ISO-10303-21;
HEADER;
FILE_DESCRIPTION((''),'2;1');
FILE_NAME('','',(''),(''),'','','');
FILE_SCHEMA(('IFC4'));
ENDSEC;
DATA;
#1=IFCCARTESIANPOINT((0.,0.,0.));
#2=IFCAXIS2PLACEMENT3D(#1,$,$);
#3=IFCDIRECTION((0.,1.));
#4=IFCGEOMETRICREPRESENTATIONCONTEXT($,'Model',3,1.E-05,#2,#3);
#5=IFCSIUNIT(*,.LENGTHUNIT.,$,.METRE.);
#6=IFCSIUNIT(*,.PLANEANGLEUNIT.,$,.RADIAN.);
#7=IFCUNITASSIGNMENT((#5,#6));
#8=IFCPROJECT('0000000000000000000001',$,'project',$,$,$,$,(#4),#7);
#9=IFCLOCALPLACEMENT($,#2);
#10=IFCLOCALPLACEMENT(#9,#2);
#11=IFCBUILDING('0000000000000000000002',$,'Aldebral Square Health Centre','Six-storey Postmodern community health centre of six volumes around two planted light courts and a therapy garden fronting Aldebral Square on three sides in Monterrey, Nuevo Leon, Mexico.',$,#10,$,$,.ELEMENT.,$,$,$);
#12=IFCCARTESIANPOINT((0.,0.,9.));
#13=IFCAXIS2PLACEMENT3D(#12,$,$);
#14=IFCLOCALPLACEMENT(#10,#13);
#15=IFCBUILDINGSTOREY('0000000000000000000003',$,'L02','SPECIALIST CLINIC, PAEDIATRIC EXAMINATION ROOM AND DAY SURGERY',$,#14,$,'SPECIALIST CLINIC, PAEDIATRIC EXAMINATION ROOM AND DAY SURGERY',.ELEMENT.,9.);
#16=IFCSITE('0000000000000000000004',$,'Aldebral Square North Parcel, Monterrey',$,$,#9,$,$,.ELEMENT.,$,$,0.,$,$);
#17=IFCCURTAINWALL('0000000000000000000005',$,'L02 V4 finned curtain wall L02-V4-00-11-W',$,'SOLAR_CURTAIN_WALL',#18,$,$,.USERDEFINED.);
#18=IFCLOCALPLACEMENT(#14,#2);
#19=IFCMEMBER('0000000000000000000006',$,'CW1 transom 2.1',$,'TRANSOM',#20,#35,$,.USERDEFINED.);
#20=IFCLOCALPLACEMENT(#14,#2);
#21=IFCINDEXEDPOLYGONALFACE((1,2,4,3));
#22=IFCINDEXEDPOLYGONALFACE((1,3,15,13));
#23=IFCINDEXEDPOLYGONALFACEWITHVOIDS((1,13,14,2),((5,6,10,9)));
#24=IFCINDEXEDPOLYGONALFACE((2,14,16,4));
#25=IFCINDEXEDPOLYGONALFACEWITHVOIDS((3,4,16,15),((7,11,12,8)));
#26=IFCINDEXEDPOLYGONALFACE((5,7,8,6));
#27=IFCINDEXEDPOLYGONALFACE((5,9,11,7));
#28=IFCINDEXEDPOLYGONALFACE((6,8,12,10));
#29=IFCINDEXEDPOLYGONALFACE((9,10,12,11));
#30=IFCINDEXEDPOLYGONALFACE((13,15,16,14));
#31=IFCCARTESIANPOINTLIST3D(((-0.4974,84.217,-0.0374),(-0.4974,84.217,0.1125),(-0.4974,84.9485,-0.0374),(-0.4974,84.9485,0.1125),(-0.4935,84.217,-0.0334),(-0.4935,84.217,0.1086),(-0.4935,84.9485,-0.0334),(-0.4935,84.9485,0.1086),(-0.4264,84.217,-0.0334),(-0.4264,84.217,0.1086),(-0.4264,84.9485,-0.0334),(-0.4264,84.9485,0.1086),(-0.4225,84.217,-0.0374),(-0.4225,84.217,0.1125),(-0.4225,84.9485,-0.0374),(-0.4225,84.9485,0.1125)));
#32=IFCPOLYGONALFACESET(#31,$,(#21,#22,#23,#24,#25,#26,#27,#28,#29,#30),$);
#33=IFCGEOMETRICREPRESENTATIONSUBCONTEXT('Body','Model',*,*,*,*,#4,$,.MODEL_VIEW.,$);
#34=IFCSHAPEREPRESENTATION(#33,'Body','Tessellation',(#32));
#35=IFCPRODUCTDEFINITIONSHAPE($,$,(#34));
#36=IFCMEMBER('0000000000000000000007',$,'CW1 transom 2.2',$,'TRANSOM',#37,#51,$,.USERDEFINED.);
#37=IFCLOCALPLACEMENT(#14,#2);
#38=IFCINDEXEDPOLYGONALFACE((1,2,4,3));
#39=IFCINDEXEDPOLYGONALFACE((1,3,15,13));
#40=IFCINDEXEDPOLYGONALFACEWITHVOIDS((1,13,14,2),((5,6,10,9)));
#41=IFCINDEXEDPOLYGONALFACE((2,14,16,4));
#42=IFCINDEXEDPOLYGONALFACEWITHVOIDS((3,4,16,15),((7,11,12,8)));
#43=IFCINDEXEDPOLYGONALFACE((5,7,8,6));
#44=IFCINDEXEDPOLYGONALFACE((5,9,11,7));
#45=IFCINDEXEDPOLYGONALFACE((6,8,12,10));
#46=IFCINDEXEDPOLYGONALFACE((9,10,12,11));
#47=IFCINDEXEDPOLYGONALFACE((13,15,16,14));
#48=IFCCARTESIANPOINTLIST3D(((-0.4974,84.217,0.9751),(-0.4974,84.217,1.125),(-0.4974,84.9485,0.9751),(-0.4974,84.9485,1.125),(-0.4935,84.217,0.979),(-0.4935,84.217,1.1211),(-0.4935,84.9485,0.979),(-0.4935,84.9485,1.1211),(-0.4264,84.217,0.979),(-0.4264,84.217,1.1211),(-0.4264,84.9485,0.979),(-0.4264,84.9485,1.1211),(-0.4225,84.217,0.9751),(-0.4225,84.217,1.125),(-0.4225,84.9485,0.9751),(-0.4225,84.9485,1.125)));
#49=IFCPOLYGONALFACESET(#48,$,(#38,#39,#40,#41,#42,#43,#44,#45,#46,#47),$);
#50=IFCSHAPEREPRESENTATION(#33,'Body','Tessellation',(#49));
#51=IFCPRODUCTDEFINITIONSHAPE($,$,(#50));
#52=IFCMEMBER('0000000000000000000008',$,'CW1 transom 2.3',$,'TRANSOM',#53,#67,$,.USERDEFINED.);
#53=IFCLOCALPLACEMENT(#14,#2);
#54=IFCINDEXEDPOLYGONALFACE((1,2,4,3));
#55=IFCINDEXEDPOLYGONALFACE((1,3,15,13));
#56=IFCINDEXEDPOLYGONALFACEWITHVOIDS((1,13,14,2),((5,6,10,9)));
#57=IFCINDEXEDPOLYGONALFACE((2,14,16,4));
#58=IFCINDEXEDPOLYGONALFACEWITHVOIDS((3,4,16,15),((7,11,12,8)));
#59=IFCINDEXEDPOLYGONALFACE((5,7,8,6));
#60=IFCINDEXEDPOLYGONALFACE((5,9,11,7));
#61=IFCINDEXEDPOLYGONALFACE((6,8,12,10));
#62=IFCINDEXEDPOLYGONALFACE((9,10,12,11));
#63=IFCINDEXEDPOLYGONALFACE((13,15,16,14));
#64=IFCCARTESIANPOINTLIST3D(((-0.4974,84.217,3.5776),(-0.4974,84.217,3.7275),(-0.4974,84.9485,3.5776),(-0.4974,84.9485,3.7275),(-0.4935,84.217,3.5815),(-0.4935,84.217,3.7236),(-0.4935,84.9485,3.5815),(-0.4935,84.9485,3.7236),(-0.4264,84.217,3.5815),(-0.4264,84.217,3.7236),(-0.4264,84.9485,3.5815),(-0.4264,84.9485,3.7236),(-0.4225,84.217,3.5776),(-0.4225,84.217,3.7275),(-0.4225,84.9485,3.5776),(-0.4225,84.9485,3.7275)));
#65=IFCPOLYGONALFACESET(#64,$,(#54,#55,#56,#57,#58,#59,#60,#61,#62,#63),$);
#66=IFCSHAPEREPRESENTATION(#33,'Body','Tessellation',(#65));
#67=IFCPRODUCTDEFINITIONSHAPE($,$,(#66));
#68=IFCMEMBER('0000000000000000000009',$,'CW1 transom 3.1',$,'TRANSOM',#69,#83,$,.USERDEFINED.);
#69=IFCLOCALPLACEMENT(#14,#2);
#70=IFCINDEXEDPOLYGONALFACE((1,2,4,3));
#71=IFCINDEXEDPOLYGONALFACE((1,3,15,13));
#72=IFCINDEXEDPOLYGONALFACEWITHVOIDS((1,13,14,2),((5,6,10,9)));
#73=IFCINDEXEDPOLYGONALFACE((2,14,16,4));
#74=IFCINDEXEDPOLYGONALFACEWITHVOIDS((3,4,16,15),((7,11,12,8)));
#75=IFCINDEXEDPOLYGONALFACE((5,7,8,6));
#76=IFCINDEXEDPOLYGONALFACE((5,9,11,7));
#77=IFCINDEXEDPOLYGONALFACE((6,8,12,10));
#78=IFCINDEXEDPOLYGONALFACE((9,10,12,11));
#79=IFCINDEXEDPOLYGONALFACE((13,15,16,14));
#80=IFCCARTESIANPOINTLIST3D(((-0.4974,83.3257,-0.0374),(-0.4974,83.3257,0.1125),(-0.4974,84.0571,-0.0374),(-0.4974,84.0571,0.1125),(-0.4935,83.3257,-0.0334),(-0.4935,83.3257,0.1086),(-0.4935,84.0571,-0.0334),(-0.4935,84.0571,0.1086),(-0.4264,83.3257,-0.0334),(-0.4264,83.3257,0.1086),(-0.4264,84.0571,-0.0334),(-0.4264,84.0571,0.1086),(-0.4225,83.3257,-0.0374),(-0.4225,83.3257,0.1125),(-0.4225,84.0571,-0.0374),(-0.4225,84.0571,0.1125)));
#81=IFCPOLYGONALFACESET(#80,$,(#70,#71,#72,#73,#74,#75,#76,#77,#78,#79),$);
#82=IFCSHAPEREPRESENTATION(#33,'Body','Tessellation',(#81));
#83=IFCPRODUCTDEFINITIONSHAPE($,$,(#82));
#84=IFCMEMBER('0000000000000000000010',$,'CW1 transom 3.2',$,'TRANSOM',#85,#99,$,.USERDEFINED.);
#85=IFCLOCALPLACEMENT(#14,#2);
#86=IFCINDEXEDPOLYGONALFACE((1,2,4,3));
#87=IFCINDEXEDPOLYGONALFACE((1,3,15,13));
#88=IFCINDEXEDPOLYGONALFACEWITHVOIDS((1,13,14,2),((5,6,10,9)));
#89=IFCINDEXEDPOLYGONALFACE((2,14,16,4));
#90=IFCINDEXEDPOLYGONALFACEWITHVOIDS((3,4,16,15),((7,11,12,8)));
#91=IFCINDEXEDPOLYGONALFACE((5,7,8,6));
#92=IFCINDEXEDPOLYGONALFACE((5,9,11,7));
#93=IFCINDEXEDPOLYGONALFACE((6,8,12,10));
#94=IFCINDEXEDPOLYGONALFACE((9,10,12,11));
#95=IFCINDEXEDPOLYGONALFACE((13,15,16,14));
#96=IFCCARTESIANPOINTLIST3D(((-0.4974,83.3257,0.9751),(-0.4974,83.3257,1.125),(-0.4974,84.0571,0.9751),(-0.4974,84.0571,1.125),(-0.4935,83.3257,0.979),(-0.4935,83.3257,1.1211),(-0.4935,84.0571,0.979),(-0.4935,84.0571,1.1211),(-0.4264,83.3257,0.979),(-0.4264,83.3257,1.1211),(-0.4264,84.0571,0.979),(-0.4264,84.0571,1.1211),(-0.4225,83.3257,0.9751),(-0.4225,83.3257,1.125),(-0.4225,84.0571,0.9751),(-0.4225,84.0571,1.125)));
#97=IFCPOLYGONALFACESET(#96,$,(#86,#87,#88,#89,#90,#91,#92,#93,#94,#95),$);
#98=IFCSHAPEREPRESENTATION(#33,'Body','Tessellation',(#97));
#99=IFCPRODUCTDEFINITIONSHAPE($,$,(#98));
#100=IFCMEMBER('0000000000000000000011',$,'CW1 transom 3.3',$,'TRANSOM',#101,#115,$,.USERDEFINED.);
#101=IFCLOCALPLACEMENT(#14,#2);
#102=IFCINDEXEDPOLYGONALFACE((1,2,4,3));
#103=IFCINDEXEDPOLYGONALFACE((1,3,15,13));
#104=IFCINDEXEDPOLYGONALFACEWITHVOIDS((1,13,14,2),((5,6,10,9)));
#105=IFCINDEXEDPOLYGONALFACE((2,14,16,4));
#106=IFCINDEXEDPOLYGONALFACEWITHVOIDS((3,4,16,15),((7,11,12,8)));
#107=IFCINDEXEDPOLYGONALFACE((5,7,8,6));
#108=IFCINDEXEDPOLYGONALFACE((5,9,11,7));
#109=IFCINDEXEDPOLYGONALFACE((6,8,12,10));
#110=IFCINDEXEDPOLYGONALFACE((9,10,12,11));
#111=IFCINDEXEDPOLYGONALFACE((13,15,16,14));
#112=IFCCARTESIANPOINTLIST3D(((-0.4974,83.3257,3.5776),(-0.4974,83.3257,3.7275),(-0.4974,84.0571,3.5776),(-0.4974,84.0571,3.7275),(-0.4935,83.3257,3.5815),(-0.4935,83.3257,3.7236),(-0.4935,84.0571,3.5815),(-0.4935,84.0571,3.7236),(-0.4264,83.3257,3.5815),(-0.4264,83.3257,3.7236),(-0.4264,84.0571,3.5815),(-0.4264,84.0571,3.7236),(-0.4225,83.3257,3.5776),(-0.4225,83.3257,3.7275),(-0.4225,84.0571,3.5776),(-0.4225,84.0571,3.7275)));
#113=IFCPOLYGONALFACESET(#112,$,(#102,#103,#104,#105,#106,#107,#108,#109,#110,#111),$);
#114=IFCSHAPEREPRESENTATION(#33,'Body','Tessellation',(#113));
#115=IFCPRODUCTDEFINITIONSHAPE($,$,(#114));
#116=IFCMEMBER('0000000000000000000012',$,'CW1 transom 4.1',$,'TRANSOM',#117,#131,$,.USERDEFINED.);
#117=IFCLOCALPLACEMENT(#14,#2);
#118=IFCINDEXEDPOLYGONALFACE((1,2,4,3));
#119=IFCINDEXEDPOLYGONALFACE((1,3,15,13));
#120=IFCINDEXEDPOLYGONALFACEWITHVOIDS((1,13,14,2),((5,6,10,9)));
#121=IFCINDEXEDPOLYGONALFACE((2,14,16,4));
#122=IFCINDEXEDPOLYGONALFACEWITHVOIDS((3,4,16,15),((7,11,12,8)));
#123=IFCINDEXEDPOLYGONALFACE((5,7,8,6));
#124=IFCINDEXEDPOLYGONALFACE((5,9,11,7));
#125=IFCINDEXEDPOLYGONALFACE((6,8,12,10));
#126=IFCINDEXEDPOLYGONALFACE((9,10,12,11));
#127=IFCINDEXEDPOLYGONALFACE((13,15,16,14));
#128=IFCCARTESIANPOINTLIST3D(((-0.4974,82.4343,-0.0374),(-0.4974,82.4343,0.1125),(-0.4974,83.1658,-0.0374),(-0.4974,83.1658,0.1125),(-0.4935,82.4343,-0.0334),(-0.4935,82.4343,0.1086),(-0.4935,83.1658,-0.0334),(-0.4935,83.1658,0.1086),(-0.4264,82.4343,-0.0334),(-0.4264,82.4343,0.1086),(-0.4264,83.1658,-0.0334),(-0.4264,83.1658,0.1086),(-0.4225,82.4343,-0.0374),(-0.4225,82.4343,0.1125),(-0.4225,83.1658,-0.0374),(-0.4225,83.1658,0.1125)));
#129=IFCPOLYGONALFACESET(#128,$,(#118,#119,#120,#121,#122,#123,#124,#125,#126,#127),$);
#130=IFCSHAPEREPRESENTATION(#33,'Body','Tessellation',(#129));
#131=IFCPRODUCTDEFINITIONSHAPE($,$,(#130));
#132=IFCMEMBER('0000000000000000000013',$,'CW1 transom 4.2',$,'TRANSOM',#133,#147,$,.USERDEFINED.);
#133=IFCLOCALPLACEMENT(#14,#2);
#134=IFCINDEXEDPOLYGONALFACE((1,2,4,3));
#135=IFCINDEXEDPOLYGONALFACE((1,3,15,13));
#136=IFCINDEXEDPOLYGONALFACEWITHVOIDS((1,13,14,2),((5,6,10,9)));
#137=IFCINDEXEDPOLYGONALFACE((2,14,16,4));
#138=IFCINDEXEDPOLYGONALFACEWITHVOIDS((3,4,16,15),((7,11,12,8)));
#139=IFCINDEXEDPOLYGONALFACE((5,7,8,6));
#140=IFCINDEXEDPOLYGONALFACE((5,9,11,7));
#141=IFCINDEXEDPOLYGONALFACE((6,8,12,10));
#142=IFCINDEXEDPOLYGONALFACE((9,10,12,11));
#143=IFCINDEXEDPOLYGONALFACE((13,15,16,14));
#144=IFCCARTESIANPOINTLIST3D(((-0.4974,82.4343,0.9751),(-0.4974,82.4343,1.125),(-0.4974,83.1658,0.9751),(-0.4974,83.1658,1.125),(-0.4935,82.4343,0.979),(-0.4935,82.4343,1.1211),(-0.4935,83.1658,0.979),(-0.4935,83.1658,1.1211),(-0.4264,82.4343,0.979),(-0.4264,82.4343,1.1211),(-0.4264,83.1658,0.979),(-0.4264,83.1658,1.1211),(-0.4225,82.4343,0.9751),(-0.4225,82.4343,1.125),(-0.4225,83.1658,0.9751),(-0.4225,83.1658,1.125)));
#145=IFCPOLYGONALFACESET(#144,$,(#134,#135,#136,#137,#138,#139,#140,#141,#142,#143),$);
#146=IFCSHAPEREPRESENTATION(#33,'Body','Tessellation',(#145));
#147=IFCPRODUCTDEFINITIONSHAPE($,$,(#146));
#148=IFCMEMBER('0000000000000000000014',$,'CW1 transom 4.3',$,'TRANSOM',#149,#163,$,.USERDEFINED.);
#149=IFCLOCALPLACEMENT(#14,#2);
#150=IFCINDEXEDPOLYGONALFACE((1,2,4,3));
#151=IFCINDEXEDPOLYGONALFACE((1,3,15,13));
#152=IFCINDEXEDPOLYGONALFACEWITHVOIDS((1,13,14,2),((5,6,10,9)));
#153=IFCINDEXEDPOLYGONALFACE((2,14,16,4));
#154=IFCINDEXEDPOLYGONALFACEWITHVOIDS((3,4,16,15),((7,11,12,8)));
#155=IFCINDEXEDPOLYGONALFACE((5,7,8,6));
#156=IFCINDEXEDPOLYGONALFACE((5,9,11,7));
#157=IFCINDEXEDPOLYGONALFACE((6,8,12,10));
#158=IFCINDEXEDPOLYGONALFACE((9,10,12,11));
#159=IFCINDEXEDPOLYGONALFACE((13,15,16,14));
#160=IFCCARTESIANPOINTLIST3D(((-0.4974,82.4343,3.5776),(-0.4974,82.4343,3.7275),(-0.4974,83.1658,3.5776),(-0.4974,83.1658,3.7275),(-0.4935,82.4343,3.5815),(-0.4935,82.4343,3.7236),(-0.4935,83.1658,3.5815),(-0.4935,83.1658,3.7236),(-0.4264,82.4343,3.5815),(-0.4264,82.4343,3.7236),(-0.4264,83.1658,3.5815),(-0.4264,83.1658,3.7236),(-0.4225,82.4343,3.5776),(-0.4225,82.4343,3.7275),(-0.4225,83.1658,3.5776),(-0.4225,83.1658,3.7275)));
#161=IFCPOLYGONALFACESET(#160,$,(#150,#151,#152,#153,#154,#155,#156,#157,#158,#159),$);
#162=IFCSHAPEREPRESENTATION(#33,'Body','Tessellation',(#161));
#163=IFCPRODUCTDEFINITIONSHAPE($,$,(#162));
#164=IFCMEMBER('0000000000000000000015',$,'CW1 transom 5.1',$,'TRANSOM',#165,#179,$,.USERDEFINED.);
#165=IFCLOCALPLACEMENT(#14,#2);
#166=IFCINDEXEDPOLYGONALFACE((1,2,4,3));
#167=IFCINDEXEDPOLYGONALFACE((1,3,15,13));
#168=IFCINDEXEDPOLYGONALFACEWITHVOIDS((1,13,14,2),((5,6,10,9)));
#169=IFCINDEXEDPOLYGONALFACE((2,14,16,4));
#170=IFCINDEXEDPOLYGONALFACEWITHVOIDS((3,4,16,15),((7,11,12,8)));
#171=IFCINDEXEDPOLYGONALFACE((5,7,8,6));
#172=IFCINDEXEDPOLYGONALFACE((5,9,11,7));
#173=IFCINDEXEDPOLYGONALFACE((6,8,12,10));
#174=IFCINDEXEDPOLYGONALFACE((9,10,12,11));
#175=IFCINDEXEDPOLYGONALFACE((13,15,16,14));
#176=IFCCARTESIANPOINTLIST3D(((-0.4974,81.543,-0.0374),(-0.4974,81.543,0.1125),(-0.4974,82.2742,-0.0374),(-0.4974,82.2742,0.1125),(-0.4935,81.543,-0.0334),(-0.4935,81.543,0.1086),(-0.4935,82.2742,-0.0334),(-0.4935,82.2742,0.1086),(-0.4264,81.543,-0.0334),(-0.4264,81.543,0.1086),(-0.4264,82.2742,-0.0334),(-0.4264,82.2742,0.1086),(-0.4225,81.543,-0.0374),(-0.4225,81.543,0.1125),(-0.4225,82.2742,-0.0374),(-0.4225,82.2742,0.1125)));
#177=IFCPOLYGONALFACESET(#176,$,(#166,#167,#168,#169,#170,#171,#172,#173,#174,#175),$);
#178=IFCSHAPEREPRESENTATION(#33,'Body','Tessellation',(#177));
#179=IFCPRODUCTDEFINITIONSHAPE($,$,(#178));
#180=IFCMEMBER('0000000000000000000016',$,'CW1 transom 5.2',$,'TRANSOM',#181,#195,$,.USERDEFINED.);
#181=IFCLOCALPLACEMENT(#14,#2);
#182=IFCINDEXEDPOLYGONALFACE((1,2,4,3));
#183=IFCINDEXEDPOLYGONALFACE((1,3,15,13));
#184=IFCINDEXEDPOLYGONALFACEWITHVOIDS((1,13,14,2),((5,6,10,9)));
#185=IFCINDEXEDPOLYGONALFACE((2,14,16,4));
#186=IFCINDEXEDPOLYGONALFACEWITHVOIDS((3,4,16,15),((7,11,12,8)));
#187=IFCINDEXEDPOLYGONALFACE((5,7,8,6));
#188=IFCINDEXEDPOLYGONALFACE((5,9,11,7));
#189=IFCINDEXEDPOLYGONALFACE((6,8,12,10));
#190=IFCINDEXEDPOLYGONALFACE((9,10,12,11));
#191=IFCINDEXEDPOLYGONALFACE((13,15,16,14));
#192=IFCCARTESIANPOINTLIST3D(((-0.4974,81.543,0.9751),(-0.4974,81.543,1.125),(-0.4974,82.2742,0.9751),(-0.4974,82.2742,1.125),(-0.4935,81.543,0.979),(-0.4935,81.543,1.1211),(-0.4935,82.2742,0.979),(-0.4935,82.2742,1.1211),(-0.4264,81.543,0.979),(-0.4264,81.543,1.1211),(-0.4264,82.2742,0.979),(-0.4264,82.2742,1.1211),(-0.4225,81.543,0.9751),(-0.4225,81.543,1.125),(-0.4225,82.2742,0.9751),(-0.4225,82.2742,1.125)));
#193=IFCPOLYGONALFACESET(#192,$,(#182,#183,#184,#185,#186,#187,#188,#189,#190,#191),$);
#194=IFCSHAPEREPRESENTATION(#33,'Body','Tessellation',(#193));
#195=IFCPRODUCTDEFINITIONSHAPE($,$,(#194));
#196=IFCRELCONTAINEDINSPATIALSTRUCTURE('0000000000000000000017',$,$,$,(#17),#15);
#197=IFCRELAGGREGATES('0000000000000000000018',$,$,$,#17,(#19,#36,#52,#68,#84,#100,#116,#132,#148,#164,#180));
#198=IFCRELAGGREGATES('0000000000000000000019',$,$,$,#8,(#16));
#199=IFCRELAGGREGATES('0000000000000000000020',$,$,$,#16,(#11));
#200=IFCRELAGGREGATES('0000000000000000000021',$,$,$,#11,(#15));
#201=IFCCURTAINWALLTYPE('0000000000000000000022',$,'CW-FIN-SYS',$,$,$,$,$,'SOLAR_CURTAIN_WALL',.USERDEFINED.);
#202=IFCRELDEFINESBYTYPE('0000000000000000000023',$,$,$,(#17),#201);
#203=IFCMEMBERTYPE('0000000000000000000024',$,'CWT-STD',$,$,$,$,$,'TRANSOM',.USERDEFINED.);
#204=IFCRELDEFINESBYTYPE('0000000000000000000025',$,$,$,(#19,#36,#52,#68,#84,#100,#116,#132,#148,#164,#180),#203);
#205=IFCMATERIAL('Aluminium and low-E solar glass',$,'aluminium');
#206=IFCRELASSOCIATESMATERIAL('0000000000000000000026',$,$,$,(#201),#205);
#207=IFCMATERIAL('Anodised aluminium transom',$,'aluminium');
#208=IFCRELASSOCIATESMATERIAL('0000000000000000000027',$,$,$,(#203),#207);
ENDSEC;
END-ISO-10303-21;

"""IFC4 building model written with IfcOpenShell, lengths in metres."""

from ifc_helpers import new_model, si_unit, direction, frame, origin, origin_2d, place, context, subcontext, project, spatial, hollow_rectangle, extrude, material, material_profile, profile_set, type_object, element, aggregate, save


model = new_model("IFC4")

# Units and contexts
model_context = context("Model", 3, precision=1e-05, world=origin(), true_north=direction((0.0, 1.0)))
body_context = subcontext(model_context, "Body", "Model", "MODEL_VIEW")
ifc_project = project(units=[si_unit("LENGTHUNIT", "METRE"), si_unit("PLANEANGLEUNIT", "RADIAN")], contexts=[model_context])

# Site, building, storey
site_placement = place(None, origin())
site = spatial("IfcSite", under=ifc_project, at=site_placement, Name="Aldebral Square North Parcel, Monterrey", CompositionType="ELEMENT", RefElevation=0.0)
building_placement = place(site_placement, origin())
building = spatial("IfcBuilding", under=site, at=building_placement, Name="Aldebral Square Health Centre", Description="Six-storey Postmodern community health centre of six volumes around two planted light courts and a therapy garden fronting Aldebral Square on three sides in Monterrey, Nuevo Leon, Mexico.", CompositionType="ELEMENT")
storey_placement = place(building_placement, frame((0.0, 0.0, 9.0)))
storey = spatial("IfcBuildingStorey", under=building, at=storey_placement, Name="L02", Description="SPECIALIST CLINIC, PAEDIATRIC EXAMINATION ROOM AND DAY SURGERY", LongName="SPECIALIST CLINIC, PAEDIATRIC EXAMINATION ROOM AND DAY SURGERY", CompositionType="ELEMENT", Elevation=9.0)

# Curtain wall, members
ifc_material_1 = material(Name="Aluminium and low-E solar glass", Category="aluminium")
curtain_wall_type = type_object("IfcCurtainWallType", Name="CW-FIN-SYS", ElementType="SOLAR_CURTAIN_WALL", PredefinedType="USERDEFINED", material=ifc_material_1)
curtain_wall_placement = place(storey_placement, origin())
curtain_wall = element("IfcCurtainWall", 1, at=curtain_wall_placement, inside=storey, type_object=curtain_wall_type, Name="L02 V4 finned curtain wall L02-V4-00-11-W", ObjectType="SOLAR_CURTAIN_WALL", PredefinedType="USERDEFINED")
ifc_material_2 = material(Name="Anodised aluminium transom", Category="aluminium")
ifc_material_profile_1 = material_profile(ifc_material_2, hollow_rectangle(XDim=0.075, YDim=0.1499, WallThickness=0.0039, at=origin_2d()), Name="CWT 75x150x4")
ifc_profile_set_1 = profile_set([ifc_material_profile_1], Name="Anodised aluminium transom")
member_type_1 = type_object("IfcMemberType", Name="CWT-STD", ElementType="TRANSOM", PredefinedType="USERDEFINED", material=ifc_profile_set_1)
member_1_placement = place(storey_placement, frame((-0.46, 84.9485, 0.0376), z_axis=(0.0, -1.0, 0.0), x_axis=(1.0, 0.0, 0.0)))
member_1 = element("IfcMember", 2, at=member_1_placement, type_object=member_type_1, Name="CW1 transom 2.1", ObjectType="TRANSOM", PredefinedType="USERDEFINED", context=body_context, shape_type="SweptSolid", body=[
    extrude(hollow_rectangle(XDim=0.075, YDim=0.1499, WallThickness=0.0039, at=origin_2d()), origin(), (0.0, 0.0, 1.0), 0.7314),
])
member_2_placement = place(storey_placement, frame((-0.46, 84.9485, 1.05), z_axis=(0.0, -1.0, 0.0), x_axis=(1.0, 0.0, 0.0)))
member_2 = element("IfcMember", 3, at=member_2_placement, type_object=member_type_1, Name="CW1 transom 2.2", ObjectType="TRANSOM", PredefinedType="USERDEFINED", context=body_context, shape_type="SweptSolid", body=[
    extrude(hollow_rectangle(XDim=0.075, YDim=0.1499, WallThickness=0.0039, at=origin_2d()), origin(), (0.0, 0.0, 1.0), 0.7314),
])
member_3_placement = place(storey_placement, frame((-0.46, 84.9485, 3.6526), z_axis=(0.0, -1.0, 0.0), x_axis=(1.0, 0.0, 0.0)))
member_3 = element("IfcMember", 4, at=member_3_placement, type_object=member_type_1, Name="CW1 transom 2.3", ObjectType="TRANSOM", PredefinedType="USERDEFINED", context=body_context, shape_type="SweptSolid", body=[
    extrude(hollow_rectangle(XDim=0.075, YDim=0.1499, WallThickness=0.0039, at=origin_2d()), origin(), (0.0, 0.0, 1.0), 0.7314),
])
member_4_placement = place(storey_placement, frame((-0.46, 84.0571, 0.0376), z_axis=(0.0, -1.0, 0.0), x_axis=(1.0, 0.0, 0.0)))
member_4 = element("IfcMember", 5, at=member_4_placement, type_object=member_type_1, Name="CW1 transom 3.1", ObjectType="TRANSOM", PredefinedType="USERDEFINED", context=body_context, shape_type="SweptSolid", body=[
    extrude(hollow_rectangle(XDim=0.075, YDim=0.1499, WallThickness=0.0039, at=origin_2d()), origin(), (0.0, 0.0, 1.0), 0.7314),
])
member_5_placement = place(storey_placement, frame((-0.46, 84.0571, 1.05), z_axis=(0.0, -1.0, 0.0), x_axis=(1.0, 0.0, 0.0)))
member_5 = element("IfcMember", 6, at=member_5_placement, type_object=member_type_1, Name="CW1 transom 3.2", ObjectType="TRANSOM", PredefinedType="USERDEFINED", context=body_context, shape_type="SweptSolid", body=[
    extrude(hollow_rectangle(XDim=0.075, YDim=0.1499, WallThickness=0.0039, at=origin_2d()), origin(), (0.0, 0.0, 1.0), 0.7314),
])
member_6_placement = place(storey_placement, frame((-0.46, 84.0571, 3.6526), z_axis=(0.0, -1.0, 0.0), x_axis=(1.0, 0.0, 0.0)))
member_6 = element("IfcMember", 7, at=member_6_placement, type_object=member_type_1, Name="CW1 transom 3.3", ObjectType="TRANSOM", PredefinedType="USERDEFINED", context=body_context, shape_type="SweptSolid", body=[
    extrude(hollow_rectangle(XDim=0.075, YDim=0.1499, WallThickness=0.0039, at=origin_2d()), origin(), (0.0, 0.0, 1.0), 0.7314),
])
member_7_placement = place(storey_placement, frame((-0.46, 83.1658, 0.0376), z_axis=(0.0, -1.0, 0.0), x_axis=(1.0, 0.0, 0.0)))
member_7 = element("IfcMember", 8, at=member_7_placement, type_object=member_type_1, Name="CW1 transom 4.1", ObjectType="TRANSOM", PredefinedType="USERDEFINED", context=body_context, shape_type="SweptSolid", body=[
    extrude(hollow_rectangle(XDim=0.075, YDim=0.1499, WallThickness=0.0039, at=origin_2d()), origin(), (0.0, 0.0, 1.0), 0.7314),
])
member_8_placement = place(storey_placement, frame((-0.46, 83.1658, 1.05), z_axis=(0.0, -1.0, 0.0), x_axis=(1.0, 0.0, 0.0)))
member_8 = element("IfcMember", 9, at=member_8_placement, type_object=member_type_1, Name="CW1 transom 4.2", ObjectType="TRANSOM", PredefinedType="USERDEFINED", context=body_context, shape_type="SweptSolid", body=[
    extrude(hollow_rectangle(XDim=0.075, YDim=0.1499, WallThickness=0.0039, at=origin_2d()), origin(), (0.0, 0.0, 1.0), 0.7314),
])
member_9_placement = place(storey_placement, frame((-0.46, 83.1658, 3.6526), z_axis=(0.0, -1.0, 0.0), x_axis=(1.0, 0.0, 0.0)))
member_9 = element("IfcMember", 10, at=member_9_placement, type_object=member_type_1, Name="CW1 transom 4.3", ObjectType="TRANSOM", PredefinedType="USERDEFINED", context=body_context, shape_type="SweptSolid", body=[
    extrude(hollow_rectangle(XDim=0.075, YDim=0.1499, WallThickness=0.0039, at=origin_2d()), origin(), (0.0, 0.0, 1.0), 0.7314),
])
member_10_placement = place(storey_placement, frame((-0.46, 82.2742, 0.0376), z_axis=(0.0, -1.0, 0.0), x_axis=(1.0, 0.0, 0.0)))
member_10 = element("IfcMember", 11, at=member_10_placement, type_object=member_type_1, Name="CW1 transom 5.1", ObjectType="TRANSOM", PredefinedType="USERDEFINED", context=body_context, shape_type="SweptSolid", body=[
    extrude(hollow_rectangle(XDim=0.075, YDim=0.1499, WallThickness=0.0039, at=origin_2d()), origin(), (0.0, 0.0, 1.0), 0.7312),
])
member_11_placement = place(storey_placement, frame((-0.46, 82.2742, 1.05), z_axis=(0.0, -1.0, 0.0), x_axis=(1.0, 0.0, 0.0)))
member_11 = element("IfcMember", 12, at=member_11_placement, type_object=member_type_1, Name="CW1 transom 5.2", ObjectType="TRANSOM", PredefinedType="USERDEFINED", context=body_context, shape_type="SweptSolid", body=[
    extrude(hollow_rectangle(XDim=0.075, YDim=0.1499, WallThickness=0.0039, at=origin_2d()), origin(), (0.0, 0.0, 1.0), 0.7312),
])
aggregate(curtain_wall, [member_1, member_2, member_3, member_4, member_5, member_6, member_7, member_8, member_9, member_10, member_11])

save(model, "model.ifc")
